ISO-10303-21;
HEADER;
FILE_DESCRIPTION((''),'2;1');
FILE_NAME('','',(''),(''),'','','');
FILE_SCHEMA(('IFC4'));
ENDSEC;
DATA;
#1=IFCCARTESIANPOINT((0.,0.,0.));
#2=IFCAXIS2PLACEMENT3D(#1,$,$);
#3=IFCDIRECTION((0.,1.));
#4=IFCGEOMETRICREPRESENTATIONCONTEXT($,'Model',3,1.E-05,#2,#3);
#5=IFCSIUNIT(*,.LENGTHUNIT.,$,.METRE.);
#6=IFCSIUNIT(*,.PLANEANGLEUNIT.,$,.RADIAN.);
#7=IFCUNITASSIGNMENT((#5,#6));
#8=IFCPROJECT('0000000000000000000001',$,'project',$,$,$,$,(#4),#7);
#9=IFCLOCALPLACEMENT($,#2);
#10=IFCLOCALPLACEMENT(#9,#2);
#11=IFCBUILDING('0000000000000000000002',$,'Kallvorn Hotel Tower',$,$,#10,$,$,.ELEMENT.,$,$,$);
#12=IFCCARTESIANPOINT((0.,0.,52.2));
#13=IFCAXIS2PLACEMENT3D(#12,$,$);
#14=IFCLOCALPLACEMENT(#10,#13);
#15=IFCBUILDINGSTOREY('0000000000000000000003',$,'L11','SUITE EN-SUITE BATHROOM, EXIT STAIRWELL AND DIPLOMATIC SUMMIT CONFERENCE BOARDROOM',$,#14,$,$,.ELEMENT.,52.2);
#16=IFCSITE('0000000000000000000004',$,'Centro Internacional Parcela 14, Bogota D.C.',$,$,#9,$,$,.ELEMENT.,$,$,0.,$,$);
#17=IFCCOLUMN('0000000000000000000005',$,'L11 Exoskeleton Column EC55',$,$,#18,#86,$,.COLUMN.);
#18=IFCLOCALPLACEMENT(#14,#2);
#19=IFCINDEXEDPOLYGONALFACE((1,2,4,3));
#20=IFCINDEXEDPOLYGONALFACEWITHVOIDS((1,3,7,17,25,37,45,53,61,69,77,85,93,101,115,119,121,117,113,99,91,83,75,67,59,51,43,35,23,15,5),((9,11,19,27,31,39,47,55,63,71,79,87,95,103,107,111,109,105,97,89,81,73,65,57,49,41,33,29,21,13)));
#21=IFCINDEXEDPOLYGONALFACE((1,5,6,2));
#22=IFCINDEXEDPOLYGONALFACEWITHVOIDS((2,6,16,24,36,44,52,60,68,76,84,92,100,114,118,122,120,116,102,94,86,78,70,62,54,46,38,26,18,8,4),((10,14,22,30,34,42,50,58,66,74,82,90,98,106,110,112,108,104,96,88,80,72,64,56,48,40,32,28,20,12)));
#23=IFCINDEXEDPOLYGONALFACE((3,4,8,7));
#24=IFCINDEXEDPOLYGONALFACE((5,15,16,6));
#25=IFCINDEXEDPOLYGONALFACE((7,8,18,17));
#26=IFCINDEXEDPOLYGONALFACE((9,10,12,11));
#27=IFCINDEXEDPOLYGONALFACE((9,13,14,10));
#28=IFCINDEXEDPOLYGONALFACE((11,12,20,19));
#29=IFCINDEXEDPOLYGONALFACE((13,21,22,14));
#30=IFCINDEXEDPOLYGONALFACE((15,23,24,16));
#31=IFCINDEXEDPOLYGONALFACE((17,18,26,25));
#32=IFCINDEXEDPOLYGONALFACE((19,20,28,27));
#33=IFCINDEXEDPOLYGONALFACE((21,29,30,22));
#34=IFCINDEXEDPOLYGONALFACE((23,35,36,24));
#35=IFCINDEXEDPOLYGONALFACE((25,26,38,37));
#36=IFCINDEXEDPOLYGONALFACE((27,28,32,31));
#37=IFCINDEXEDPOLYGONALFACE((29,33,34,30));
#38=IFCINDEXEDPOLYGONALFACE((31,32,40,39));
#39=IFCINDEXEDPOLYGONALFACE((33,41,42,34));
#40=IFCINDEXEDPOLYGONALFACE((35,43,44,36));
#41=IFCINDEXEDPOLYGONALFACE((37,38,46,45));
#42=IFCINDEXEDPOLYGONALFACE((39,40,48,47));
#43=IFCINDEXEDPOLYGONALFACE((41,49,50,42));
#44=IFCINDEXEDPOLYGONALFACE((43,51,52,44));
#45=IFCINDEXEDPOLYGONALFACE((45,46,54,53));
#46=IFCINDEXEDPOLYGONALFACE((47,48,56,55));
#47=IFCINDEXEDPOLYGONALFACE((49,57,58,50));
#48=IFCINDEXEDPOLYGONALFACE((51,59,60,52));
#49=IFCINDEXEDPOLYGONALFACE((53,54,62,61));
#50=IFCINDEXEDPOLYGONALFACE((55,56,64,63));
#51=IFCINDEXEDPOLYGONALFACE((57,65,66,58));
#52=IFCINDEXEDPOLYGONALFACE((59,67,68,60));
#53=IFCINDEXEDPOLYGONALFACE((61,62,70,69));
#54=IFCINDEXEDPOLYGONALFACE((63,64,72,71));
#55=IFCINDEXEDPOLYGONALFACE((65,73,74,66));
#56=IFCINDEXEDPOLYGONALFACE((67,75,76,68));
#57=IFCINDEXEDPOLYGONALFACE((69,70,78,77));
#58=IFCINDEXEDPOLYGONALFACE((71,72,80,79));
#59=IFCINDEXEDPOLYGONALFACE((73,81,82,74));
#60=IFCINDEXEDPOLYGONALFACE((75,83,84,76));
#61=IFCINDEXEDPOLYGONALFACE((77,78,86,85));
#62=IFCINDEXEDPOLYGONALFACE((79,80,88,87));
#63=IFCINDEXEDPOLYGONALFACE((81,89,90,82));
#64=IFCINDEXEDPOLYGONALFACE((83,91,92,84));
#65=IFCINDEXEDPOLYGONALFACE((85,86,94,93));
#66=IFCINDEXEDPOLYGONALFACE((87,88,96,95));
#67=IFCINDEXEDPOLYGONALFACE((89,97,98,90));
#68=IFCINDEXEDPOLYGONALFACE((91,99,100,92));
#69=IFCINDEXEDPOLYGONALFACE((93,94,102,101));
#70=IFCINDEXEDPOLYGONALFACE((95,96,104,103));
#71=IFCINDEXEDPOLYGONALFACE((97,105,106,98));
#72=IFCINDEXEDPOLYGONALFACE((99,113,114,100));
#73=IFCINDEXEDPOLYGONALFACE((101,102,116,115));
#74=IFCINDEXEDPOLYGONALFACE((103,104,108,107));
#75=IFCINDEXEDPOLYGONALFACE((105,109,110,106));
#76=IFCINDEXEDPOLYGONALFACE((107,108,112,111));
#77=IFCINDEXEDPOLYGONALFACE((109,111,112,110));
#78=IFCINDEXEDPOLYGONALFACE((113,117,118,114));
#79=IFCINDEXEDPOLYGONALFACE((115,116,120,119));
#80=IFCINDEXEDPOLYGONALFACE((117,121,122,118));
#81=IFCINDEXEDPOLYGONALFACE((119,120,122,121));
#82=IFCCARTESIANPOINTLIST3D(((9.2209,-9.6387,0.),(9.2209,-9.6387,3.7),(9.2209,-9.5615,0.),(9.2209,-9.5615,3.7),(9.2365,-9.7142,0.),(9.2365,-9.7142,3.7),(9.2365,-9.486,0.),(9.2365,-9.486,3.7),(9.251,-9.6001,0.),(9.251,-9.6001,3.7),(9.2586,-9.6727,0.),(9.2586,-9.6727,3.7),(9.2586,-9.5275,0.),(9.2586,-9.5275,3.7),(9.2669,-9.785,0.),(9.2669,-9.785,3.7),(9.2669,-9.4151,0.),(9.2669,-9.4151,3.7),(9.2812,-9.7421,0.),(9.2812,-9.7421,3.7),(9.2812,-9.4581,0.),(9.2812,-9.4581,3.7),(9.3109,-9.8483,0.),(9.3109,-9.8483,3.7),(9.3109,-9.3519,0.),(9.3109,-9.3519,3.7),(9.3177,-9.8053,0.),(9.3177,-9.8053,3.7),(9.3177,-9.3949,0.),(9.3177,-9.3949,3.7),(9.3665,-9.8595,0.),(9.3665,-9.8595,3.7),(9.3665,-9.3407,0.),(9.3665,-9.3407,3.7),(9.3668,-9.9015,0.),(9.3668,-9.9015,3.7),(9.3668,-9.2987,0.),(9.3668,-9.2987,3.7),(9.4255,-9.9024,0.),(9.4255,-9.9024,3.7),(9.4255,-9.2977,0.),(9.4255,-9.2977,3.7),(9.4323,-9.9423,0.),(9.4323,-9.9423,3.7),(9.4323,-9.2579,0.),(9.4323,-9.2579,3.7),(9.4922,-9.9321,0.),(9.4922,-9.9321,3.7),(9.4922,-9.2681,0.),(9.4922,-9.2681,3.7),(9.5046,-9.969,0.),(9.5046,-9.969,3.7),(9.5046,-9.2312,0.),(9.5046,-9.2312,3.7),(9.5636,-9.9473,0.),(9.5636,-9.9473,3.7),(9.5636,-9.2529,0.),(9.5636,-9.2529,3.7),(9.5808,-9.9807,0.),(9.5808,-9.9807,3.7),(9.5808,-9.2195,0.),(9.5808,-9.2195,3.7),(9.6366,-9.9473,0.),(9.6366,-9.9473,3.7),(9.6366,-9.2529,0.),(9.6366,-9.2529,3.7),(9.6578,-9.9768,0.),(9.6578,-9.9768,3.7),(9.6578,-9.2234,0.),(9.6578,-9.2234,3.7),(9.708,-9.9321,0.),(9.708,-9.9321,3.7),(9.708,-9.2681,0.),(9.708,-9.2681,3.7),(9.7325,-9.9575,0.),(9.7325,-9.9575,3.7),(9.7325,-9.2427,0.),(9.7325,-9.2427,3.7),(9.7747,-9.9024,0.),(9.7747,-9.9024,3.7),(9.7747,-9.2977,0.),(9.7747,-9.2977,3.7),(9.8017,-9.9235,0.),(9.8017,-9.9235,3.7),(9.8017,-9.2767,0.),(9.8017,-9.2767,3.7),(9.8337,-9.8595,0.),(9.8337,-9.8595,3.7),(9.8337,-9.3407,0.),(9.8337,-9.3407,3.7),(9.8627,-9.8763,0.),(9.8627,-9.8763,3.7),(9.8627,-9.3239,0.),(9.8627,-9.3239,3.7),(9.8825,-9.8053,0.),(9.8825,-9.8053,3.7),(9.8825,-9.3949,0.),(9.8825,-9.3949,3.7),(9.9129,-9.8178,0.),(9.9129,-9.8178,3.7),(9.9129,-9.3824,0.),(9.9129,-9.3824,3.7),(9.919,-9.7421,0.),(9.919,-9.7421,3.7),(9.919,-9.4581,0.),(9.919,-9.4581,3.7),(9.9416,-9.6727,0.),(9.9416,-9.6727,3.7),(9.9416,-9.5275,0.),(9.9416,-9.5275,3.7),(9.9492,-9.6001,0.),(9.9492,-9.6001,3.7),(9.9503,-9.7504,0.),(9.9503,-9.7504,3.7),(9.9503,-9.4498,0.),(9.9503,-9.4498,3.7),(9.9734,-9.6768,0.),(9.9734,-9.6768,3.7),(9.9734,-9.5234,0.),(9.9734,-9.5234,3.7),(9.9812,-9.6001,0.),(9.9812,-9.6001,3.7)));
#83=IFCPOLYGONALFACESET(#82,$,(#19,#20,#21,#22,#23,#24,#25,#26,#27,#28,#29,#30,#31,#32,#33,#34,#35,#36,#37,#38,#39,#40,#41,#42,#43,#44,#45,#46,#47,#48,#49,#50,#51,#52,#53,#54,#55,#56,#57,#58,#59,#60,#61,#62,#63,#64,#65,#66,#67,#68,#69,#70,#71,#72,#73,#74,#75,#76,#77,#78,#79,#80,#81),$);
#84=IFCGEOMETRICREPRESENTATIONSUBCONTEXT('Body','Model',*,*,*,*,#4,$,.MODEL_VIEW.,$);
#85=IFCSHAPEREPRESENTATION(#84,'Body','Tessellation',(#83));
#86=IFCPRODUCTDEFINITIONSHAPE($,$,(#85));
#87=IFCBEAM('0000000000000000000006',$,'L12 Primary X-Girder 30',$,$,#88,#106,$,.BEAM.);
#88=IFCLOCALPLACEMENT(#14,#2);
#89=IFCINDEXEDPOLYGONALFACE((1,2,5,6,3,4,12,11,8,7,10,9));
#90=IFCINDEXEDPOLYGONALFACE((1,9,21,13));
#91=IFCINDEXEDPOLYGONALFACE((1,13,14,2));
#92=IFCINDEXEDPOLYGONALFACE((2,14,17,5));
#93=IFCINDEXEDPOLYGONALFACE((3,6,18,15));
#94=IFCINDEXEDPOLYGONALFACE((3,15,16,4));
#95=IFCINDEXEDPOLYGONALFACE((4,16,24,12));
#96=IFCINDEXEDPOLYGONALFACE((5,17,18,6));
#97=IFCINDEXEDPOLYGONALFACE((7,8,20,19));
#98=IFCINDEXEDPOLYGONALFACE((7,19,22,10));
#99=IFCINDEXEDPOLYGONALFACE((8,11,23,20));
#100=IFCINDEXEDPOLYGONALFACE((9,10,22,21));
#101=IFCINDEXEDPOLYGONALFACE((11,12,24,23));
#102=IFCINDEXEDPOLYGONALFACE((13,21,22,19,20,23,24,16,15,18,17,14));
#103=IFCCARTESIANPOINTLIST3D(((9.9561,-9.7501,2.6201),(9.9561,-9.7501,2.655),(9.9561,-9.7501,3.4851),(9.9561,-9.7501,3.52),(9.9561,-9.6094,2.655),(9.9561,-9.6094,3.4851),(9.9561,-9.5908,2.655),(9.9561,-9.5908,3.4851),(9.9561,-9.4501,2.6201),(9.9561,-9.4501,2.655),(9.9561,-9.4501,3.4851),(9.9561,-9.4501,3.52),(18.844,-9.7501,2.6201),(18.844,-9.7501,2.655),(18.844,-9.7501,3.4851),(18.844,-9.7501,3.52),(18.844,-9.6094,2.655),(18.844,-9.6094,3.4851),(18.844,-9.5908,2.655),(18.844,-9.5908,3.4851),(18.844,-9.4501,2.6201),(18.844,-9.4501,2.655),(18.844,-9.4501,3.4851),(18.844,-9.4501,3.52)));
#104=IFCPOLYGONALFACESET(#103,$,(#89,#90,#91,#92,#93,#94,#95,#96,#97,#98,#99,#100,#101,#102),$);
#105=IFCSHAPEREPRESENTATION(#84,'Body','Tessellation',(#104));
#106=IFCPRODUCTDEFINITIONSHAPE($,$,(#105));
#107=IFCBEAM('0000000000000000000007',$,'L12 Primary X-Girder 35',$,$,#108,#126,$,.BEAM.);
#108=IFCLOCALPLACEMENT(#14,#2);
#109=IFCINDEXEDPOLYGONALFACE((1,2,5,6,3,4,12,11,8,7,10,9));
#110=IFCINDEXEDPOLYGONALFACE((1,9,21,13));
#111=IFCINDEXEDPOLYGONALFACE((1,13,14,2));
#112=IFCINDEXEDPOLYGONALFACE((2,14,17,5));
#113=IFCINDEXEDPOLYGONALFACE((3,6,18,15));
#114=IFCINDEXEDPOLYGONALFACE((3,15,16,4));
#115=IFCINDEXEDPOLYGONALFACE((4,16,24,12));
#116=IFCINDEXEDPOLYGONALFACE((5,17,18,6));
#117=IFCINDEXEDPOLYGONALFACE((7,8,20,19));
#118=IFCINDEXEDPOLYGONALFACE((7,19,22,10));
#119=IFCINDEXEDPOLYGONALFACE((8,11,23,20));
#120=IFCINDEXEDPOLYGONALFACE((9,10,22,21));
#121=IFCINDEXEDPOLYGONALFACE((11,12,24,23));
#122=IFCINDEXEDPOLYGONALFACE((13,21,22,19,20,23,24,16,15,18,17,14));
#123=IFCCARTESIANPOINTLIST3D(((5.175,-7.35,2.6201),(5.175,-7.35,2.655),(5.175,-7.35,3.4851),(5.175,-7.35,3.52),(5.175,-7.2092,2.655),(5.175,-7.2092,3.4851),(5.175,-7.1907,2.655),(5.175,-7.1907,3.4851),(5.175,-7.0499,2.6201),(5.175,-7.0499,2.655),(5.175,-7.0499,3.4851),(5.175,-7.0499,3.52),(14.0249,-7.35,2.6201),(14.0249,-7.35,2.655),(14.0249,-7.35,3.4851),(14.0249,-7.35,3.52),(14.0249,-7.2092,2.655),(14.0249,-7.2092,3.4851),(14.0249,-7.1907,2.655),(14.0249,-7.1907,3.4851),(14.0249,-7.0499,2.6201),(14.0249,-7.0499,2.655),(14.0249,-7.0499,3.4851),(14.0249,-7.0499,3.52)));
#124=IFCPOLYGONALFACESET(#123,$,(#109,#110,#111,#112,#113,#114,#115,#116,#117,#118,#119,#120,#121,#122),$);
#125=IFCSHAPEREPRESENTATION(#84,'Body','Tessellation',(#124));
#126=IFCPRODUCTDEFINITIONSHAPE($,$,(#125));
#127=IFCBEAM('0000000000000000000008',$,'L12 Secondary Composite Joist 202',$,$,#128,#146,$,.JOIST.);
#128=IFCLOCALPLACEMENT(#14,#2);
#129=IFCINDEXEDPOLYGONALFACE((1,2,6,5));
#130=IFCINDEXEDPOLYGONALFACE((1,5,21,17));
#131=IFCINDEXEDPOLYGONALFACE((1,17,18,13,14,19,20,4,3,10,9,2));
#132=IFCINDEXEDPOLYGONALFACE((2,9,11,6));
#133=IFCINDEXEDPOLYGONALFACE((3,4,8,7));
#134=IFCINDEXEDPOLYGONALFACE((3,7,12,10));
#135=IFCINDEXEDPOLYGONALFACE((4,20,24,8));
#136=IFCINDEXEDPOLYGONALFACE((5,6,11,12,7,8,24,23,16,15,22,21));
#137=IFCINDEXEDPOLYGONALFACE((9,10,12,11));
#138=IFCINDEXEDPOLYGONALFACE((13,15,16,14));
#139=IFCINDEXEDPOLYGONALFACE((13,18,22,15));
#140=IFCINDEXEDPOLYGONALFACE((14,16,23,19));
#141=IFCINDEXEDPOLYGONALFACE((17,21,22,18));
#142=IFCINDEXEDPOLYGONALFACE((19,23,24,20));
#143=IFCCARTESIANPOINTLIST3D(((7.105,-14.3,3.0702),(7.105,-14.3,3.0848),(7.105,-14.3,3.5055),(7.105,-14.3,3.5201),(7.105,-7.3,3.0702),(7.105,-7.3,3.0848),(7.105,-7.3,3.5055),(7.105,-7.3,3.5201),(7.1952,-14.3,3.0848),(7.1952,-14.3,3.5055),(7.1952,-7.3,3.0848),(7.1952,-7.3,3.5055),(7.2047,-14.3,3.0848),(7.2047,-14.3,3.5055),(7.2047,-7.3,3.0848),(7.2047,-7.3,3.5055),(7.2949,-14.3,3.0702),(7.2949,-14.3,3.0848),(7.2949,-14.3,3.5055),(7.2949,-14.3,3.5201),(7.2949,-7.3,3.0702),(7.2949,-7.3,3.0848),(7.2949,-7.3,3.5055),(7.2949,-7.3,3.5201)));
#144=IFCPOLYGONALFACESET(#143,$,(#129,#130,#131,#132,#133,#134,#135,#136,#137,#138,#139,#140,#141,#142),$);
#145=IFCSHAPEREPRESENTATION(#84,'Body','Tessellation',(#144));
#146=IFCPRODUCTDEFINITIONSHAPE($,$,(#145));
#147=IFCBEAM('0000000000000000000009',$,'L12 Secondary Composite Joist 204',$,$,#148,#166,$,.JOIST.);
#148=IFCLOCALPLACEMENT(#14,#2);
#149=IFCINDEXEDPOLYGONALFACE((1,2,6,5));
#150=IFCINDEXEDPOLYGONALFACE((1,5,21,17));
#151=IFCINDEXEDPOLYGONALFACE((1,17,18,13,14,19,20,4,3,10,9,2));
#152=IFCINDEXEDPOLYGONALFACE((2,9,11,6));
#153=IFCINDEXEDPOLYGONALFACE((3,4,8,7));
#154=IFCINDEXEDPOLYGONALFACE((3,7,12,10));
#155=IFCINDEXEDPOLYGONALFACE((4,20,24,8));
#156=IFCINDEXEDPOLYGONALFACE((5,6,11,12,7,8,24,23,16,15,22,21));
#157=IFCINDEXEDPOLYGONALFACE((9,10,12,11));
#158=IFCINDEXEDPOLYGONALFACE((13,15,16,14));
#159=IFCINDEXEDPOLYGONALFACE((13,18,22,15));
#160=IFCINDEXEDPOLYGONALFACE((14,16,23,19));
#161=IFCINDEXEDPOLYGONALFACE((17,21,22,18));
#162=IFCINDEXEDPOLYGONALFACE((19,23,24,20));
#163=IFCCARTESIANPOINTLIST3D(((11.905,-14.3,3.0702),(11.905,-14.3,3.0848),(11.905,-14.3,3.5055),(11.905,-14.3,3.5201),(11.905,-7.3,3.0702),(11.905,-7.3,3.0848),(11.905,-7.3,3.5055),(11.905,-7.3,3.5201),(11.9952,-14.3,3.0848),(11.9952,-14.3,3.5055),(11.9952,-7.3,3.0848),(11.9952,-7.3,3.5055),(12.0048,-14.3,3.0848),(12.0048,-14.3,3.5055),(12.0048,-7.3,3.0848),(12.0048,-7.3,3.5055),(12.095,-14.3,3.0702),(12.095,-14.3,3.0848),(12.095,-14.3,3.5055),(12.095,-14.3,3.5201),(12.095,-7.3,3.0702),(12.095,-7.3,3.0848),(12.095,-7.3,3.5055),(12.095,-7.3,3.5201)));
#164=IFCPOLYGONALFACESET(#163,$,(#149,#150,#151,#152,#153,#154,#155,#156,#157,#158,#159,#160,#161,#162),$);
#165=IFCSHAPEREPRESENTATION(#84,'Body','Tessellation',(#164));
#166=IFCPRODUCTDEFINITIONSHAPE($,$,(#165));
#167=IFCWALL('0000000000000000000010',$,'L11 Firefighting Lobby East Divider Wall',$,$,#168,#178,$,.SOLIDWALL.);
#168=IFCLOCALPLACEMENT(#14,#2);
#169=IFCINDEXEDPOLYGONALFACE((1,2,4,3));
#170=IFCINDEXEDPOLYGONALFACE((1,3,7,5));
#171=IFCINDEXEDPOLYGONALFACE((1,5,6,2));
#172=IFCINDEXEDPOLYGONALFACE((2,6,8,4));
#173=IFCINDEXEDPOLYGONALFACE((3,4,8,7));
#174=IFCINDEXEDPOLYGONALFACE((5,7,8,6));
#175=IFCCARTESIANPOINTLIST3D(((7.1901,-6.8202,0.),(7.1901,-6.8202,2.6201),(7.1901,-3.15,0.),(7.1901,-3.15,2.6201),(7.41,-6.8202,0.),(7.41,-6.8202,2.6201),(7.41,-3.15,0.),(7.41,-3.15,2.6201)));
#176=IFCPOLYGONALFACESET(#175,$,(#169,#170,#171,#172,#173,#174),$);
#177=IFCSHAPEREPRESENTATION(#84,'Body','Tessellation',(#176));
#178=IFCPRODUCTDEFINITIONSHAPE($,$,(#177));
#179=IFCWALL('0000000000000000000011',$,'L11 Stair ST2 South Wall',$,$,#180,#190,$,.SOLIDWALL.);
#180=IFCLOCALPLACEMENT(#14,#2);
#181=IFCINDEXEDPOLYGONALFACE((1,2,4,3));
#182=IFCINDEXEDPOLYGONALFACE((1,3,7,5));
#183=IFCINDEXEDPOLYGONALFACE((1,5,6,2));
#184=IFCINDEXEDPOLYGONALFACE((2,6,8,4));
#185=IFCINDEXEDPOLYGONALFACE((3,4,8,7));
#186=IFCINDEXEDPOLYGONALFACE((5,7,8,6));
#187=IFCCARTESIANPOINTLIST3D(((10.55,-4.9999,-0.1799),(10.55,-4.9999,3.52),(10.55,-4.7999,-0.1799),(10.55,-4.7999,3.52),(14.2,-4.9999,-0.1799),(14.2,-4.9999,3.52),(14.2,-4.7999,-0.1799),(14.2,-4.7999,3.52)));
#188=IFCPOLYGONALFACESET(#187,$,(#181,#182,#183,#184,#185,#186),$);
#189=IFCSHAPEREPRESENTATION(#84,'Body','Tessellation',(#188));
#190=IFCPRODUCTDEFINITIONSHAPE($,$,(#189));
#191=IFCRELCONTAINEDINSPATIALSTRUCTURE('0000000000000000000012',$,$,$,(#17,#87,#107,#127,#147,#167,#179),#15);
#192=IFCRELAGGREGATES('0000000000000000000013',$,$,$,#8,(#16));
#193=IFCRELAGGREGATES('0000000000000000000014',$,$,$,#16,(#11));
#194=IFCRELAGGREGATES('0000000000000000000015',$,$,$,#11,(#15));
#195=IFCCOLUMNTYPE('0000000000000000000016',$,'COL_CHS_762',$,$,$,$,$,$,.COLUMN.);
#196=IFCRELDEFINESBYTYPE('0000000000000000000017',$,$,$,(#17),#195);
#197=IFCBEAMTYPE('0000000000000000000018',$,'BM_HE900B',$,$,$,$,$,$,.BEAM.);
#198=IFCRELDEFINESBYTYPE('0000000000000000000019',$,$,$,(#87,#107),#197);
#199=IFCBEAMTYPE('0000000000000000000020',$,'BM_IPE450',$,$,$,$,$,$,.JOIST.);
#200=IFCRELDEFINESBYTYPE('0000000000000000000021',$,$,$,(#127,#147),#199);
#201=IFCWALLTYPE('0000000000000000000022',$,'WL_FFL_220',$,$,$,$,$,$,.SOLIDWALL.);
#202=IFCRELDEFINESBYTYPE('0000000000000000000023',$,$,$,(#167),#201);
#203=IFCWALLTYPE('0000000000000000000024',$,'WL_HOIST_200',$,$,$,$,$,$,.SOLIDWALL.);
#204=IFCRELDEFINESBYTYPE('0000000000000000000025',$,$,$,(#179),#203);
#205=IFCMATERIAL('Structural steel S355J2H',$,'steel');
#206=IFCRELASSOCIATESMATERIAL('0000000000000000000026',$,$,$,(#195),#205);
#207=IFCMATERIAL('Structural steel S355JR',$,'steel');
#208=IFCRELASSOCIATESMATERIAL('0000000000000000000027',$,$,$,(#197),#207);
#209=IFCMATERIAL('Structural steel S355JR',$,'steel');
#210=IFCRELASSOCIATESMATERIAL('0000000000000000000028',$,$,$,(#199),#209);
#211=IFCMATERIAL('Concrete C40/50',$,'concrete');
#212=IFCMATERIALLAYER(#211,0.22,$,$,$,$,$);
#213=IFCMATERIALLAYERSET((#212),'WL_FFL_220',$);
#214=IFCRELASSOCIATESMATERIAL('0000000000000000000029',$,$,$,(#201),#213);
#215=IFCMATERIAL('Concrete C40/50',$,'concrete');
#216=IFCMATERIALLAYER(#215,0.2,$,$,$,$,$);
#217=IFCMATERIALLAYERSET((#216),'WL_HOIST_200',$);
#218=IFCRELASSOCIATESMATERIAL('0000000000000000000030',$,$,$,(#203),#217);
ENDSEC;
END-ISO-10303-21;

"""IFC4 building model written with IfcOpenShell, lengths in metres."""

from ifc_helpers import new_model, si_unit, direction, frame, frame_2d, origin, origin_2d, place, context, subcontext, project, spatial, rectangle, hollow_circle, i_section, extrude, material, layer, layer_set, material_profile, profile_set, type_object, element, save


model = new_model("IFC4")

# Units and contexts
model_context = context("Model", 3, precision=1e-05, world=origin(), true_north=direction((0.0, 1.0)))
body_context = subcontext(model_context, "Body", "Model", "MODEL_VIEW")
ifc_project = project(units=[si_unit("LENGTHUNIT", "METRE"), si_unit("PLANEANGLEUNIT", "RADIAN")], contexts=[model_context])

# Site, building, storey
site_placement = place(None, origin())
site = spatial("IfcSite", under=ifc_project, at=site_placement, Name="Centro Internacional Parcela 14, Bogota D.C.", CompositionType="ELEMENT", RefElevation=0.0)
building_placement = place(site_placement, origin())
building = spatial("IfcBuilding", under=site, at=building_placement, Name="Kallvorn Hotel Tower", CompositionType="ELEMENT")
storey_placement = place(building_placement, frame((0.0, 0.0, 52.2)))
storey = spatial("IfcBuildingStorey", under=building, at=storey_placement, Name="L11", Description="SUITE EN-SUITE BATHROOM, EXIT STAIRWELL AND DIPLOMATIC SUMMIT CONFERENCE BOARDROOM", CompositionType="ELEMENT", Elevation=52.2)

# Column
ifc_material_1 = material(Name="Structural steel S355J2H", Category="steel")
ifc_material_profile_1 = material_profile(ifc_material_1, hollow_circle(Radius=0.3811, WallThickness=0.032, at=origin_2d()), Name="CHS 762x32")
ifc_profile_set_1 = profile_set([ifc_material_profile_1], Name="Structural steel S355J2H")
column_type = type_object("IfcColumnType", Name="COL_CHS_762", PredefinedType="COLUMN", material=ifc_profile_set_1)
column_placement = place(storey_placement, frame((9.6001, -9.6001, 0.0), z_axis=(0.0, 0.0, 1.0), x_axis=(1.0, 0.0, 0.0)))
element("IfcColumn", 1, at=column_placement, inside=storey, type_object=column_type, Name="L11 Exoskeleton Column EC55", PredefinedType="COLUMN", context=body_context, shape_type="SweptSolid", body=[
    extrude(hollow_circle(Radius=0.3811, WallThickness=0.032, at=origin_2d()), origin(), (0.0, 0.0, 1.0), 3.7),
])

# Beams
ifc_material_2 = material(Name="Structural steel S355JR", Category="steel")
ifc_material_profile_2 = material_profile(ifc_material_2, i_section(OverallWidth=0.3, OverallDepth=0.8999, WebThickness=0.0186, FlangeThickness=0.0349, at=origin_2d()), Name="HE 900 B")
ifc_profile_set_2 = profile_set([ifc_material_profile_2], Name="Structural steel S355JR")
beam_type_1 = type_object("IfcBeamType", Name="BM_HE900B", PredefinedType="BEAM", material=ifc_profile_set_2)
beam_1_placement = place(storey_placement, frame((9.9561, -9.6001, 3.0701), z_axis=(1.0, 0.0, 0.0), x_axis=(0.0, 1.0, 0.0)))
element("IfcBeam", 2, at=beam_1_placement, inside=storey, type_object=beam_type_1, Name="L12 Primary X-Girder 30", PredefinedType="BEAM", context=body_context, shape_type="SweptSolid", body=[
    extrude(i_section(OverallWidth=0.3, OverallDepth=0.8999, WebThickness=0.0186, FlangeThickness=0.0349, at=origin_2d()), origin(), (0.0, 0.0, 1.0), 8.8879),
])
beam_2_placement = place(storey_placement, frame((5.175, -7.2, 3.0701), z_axis=(1.0, 0.0, 0.0), x_axis=(0.0, 1.0, 0.0)))
element("IfcBeam", 3, at=beam_2_placement, inside=storey, type_object=beam_type_1, Name="L12 Primary X-Girder 35", PredefinedType="BEAM", context=body_context, shape_type="SweptSolid", body=[
    extrude(i_section(OverallWidth=0.3, OverallDepth=0.8999, WebThickness=0.0186, FlangeThickness=0.0349, at=origin_2d()), origin(), (0.0, 0.0, 1.0), 8.8499),
])
ifc_material_3 = material(Name="Structural steel S355JR", Category="steel")
ifc_material_profile_3 = material_profile(ifc_material_3, i_section(OverallWidth=0.1899, OverallDepth=0.45, WebThickness=0.0095, FlangeThickness=0.0146, at=origin_2d()), Name="IPE 450")
ifc_profile_set_3 = profile_set([ifc_material_profile_3], Name="Structural steel S355JR")
beam_type_2 = type_object("IfcBeamType", Name="BM_IPE450", PredefinedType="JOIST", material=ifc_profile_set_3)
for number, where, z_axis, x_axis, name in (
    (4, (7.2, -14.3, 3.2952), (0.0, 1.0, 0.0), (-1.0, 0.0, 0.0), "L12 Secondary Composite Joist 202"),
    (5, (12.0, -14.3, 3.2952), (0.0, 1.0, 0.0), (-1.0, 0.0, 0.0), "L12 Secondary Composite Joist 204"),
):
    element("IfcBeam", number, at=place(storey_placement, frame(where, z_axis=z_axis, x_axis=x_axis)), inside=storey, type_object=beam_type_2, Name=name, PredefinedType="JOIST", context=body_context, shape_type="SweptSolid", body=[
        extrude(i_section(OverallWidth=0.1899, OverallDepth=0.45, WebThickness=0.0095, FlangeThickness=0.0146, at=origin_2d()), origin(), (0.0, 0.0, 1.0), 7.0),
    ])

# Walls
ifc_material_4 = material(Name="Concrete C40/50", Category="concrete")
ifc_layer_1 = layer(ifc_material_4, 0.22)
ifc_layer_set_1 = layer_set([ifc_layer_1], Name="WL_FFL_220")
wall_type_1 = type_object("IfcWallType", Name="WL_FFL_220", PredefinedType="SOLIDWALL", material=ifc_layer_set_1)
wall_1_placement = place(storey_placement, frame((7.3, -6.8201, 0.0), z_axis=(0.0, 0.0, 1.0), x_axis=(0.0, 1.0, 0.0)))
element("IfcWall", 6, at=wall_1_placement, inside=storey, type_object=wall_type_1, Name="L11 Firefighting Lobby East Divider Wall", PredefinedType="SOLIDWALL", context=body_context, shape_type="SweptSolid", body=[
    extrude(rectangle(XDim=3.6702, YDim=0.22, at=frame_2d((1.835, 0.0))), origin(), (0.0, 0.0, 1.0), 2.6201),
])
ifc_material_5 = material(Name="Concrete C40/50", Category="concrete")
ifc_layer_2 = layer(ifc_material_5, 0.2)
ifc_layer_set_2 = layer_set([ifc_layer_2], Name="WL_HOIST_200")
wall_type_2 = type_object("IfcWallType", Name="WL_HOIST_200", PredefinedType="SOLIDWALL", material=ifc_layer_set_2)
wall_2_placement = place(storey_placement, frame((10.55, -4.8999, -0.1799), z_axis=(0.0, 0.0, 1.0), x_axis=(1.0, 0.0, 0.0)))
element("IfcWall", 7, at=wall_2_placement, inside=storey, type_object=wall_type_2, Name="L11 Stair ST2 South Wall", PredefinedType="SOLIDWALL", context=body_context, shape_type="SweptSolid", body=[
    extrude(rectangle(XDim=3.6499, YDim=0.2, at=frame_2d((1.825, 0.0))), origin(), (0.0, 0.0, 1.0), 3.7),
])

save(model, "model.ifc")
